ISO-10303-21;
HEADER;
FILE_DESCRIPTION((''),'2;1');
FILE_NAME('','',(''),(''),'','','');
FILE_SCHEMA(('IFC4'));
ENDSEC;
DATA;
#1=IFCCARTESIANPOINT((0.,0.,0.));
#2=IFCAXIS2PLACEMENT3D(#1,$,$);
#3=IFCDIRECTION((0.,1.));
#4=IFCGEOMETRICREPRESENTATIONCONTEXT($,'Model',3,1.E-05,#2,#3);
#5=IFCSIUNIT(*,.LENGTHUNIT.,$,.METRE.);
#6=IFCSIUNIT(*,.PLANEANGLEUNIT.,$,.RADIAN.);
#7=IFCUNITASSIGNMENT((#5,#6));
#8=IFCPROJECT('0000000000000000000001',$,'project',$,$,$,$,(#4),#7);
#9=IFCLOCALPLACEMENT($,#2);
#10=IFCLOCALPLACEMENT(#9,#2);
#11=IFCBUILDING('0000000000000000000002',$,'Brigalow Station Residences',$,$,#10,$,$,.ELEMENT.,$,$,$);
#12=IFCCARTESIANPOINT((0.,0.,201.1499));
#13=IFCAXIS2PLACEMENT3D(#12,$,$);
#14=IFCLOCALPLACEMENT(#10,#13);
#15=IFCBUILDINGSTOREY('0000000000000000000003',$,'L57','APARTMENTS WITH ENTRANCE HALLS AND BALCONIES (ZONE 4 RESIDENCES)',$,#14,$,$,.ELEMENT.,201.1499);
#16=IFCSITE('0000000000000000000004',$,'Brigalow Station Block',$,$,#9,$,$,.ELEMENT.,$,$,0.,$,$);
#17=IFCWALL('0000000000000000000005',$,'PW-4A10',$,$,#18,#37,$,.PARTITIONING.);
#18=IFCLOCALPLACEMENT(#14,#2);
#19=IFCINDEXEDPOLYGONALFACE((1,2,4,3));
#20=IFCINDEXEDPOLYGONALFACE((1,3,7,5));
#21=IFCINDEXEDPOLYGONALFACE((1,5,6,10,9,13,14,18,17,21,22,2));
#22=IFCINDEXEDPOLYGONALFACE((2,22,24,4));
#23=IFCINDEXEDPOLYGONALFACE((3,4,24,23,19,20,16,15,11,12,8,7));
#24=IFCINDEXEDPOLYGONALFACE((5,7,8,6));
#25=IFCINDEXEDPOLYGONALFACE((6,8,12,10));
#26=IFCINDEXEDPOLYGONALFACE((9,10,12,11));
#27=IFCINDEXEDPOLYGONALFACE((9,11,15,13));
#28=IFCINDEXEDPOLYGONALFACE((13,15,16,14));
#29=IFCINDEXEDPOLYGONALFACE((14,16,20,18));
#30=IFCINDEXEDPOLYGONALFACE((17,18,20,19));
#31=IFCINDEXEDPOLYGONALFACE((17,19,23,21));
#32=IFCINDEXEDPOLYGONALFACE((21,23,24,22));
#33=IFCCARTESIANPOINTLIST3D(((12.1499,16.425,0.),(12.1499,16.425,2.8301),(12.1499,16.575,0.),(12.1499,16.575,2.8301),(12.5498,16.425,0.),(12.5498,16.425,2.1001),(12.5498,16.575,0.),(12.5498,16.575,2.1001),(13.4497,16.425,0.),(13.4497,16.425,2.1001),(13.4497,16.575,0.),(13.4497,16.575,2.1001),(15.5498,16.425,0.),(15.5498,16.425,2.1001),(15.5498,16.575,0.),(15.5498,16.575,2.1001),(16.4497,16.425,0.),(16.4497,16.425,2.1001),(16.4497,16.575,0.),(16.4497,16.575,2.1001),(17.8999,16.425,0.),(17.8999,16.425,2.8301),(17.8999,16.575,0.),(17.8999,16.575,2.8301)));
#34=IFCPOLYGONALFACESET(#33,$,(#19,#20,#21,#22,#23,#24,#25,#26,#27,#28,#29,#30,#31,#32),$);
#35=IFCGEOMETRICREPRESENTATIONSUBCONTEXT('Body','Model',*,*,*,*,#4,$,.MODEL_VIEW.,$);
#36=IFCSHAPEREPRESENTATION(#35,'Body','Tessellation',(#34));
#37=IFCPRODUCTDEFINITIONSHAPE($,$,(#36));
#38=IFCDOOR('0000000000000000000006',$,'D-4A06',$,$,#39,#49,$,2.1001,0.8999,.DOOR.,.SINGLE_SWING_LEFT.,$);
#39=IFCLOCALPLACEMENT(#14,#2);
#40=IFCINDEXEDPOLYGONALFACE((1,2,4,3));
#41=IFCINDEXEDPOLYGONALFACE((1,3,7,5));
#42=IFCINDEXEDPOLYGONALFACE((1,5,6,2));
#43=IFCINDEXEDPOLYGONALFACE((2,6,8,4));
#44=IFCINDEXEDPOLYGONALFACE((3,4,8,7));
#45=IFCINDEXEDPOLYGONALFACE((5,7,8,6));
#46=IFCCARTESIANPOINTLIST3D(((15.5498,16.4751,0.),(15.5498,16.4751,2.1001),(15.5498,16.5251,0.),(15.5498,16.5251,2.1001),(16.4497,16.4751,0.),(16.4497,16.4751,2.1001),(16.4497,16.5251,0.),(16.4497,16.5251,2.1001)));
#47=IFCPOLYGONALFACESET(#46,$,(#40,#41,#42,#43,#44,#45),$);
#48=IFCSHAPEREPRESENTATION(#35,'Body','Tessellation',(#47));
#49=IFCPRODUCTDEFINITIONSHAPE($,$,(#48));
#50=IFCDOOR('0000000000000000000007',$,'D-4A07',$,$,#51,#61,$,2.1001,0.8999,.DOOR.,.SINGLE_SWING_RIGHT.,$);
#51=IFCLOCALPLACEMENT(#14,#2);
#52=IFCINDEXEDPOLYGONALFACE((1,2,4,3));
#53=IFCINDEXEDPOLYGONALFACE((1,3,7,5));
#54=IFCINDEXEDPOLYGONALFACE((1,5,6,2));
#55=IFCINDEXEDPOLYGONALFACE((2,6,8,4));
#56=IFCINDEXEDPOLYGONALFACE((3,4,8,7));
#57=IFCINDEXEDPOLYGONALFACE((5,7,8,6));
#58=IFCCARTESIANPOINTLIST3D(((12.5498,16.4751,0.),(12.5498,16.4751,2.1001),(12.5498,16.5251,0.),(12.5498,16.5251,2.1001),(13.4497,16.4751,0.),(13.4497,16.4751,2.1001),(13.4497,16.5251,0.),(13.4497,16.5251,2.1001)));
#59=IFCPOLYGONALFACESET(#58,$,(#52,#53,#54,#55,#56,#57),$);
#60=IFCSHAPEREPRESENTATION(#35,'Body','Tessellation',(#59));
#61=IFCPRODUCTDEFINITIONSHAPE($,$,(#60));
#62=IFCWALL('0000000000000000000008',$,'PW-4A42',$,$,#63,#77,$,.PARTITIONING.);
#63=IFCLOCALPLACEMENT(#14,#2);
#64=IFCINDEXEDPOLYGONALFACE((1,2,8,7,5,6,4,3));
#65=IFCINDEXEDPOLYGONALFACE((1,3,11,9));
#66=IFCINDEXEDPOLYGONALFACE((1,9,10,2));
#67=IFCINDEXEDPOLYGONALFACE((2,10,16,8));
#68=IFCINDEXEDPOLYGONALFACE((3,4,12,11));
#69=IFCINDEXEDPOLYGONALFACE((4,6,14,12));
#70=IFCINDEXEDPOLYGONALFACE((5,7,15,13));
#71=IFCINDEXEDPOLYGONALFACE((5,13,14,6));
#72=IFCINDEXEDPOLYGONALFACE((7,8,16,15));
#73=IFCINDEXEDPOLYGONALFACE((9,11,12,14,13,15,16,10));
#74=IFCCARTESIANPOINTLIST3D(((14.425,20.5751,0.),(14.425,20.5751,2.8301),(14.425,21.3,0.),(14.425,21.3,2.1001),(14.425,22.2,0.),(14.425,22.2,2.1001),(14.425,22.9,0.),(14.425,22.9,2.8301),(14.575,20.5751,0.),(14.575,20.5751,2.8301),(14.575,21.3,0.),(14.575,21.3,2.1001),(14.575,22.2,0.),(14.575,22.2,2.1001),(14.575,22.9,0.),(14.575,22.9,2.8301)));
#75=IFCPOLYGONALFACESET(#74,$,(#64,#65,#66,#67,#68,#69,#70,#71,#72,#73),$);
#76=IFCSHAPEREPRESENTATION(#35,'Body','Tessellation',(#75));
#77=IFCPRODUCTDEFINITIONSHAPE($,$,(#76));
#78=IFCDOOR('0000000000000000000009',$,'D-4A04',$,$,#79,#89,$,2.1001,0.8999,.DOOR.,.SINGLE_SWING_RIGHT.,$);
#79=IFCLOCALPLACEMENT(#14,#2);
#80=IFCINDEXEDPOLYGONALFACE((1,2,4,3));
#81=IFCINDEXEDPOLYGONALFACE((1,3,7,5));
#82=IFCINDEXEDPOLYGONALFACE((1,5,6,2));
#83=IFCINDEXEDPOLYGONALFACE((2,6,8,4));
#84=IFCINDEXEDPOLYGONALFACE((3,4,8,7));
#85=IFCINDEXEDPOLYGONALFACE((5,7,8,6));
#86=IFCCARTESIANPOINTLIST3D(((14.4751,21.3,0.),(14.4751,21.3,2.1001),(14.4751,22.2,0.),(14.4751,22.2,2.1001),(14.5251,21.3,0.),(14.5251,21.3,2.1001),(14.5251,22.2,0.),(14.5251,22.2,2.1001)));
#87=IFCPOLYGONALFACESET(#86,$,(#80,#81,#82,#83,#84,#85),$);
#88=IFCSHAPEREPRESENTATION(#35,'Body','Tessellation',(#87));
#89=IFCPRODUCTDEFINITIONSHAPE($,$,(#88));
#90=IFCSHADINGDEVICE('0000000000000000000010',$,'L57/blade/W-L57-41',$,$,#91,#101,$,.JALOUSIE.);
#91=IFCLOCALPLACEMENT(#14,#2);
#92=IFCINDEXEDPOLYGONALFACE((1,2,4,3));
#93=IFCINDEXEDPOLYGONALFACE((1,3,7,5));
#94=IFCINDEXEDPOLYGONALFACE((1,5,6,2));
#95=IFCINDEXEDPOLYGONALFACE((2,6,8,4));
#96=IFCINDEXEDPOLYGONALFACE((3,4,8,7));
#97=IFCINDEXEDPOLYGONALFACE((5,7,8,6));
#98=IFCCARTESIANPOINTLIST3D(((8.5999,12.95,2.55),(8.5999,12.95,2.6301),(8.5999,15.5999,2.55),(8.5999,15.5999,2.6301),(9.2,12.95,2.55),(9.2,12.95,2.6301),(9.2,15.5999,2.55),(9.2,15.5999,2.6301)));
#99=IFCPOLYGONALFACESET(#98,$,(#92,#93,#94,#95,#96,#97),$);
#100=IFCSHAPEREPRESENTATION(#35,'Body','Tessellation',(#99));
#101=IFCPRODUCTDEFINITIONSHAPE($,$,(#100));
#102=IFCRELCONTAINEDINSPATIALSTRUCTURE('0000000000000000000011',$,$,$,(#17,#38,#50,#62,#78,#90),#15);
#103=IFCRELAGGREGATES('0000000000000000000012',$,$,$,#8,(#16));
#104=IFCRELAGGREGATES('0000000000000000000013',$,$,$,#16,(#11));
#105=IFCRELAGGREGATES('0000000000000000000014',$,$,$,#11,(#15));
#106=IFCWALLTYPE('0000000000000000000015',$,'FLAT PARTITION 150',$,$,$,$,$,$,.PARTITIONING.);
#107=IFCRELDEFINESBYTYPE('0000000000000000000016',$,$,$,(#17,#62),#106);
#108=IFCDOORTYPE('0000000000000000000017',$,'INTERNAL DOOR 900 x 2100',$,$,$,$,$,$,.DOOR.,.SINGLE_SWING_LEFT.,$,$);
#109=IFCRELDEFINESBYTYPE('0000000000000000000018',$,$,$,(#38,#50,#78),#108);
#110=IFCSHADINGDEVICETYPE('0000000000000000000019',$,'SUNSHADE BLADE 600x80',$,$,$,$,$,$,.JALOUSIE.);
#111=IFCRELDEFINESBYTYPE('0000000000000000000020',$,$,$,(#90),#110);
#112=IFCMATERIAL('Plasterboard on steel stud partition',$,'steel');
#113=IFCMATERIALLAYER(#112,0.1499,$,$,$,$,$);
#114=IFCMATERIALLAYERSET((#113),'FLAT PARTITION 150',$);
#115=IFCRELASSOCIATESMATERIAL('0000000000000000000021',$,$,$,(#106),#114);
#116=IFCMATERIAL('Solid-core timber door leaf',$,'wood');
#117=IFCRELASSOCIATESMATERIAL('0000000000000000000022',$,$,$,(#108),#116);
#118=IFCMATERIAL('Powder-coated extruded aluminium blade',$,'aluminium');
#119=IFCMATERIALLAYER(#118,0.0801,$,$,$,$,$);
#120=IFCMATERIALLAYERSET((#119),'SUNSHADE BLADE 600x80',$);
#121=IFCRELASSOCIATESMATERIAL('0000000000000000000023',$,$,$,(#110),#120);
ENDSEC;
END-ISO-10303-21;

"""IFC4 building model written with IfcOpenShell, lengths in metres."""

from ifc_helpers import new_model, si_unit, direction, frame, frame_2d, origin, origin_2d, place, context, subcontext, project, spatial, rectangle, extrude, material, layer, layer_set, type_object, element, fill, save


model = new_model("IFC4")

# Units and contexts
model_context = context("Model", 3, precision=1e-05, world=origin(), true_north=direction((0.0, 1.0)))
body_context = subcontext(model_context, "Body", "Model", "MODEL_VIEW")
ifc_project = project(units=[si_unit("LENGTHUNIT", "METRE"), si_unit("PLANEANGLEUNIT", "RADIAN")], contexts=[model_context])

# Site, building, storey
site_placement = place(None, origin())
site = spatial("IfcSite", under=ifc_project, at=site_placement, Name="Brigalow Station Block", CompositionType="ELEMENT", RefElevation=0.0)
building_placement = place(site_placement, origin())
building = spatial("IfcBuilding", under=site, at=building_placement, Name="Brigalow Station Residences", CompositionType="ELEMENT")
storey_placement = place(building_placement, frame((0.0, 0.0, 201.1499)))
storey = spatial("IfcBuildingStorey", under=building, at=storey_placement, Name="L57", Description="APARTMENTS WITH ENTRANCE HALLS AND BALCONIES (ZONE 4 RESIDENCES)", CompositionType="ELEMENT", Elevation=201.1499)

# Shared definitions
ifc_material_1 = material(Name="Plasterboard on steel stud partition", Category="steel")
ifc_layer_1 = layer(ifc_material_1, 0.1499)
ifc_layer_set_1 = layer_set([ifc_layer_1], Name="FLAT PARTITION 150")
wall_type_1 = type_object("IfcWallType", Name="FLAT PARTITION 150", PredefinedType="PARTITIONING", material=ifc_layer_set_1)

# Wall, openings, doors
wall_1_placement = place(storey_placement, frame((12.1499, 16.5, 0.0), z_axis=(0.0, 0.0, 1.0), x_axis=(1.0, 0.0, 0.0)))
wall_1 = element("IfcWall", 1, at=wall_1_placement, inside=storey, type_object=wall_type_1, Name="PW-4A10", PredefinedType="PARTITIONING", context=body_context, shape_type="SweptSolid", body=[
    extrude(rectangle(XDim=5.75, YDim=0.1499, at=frame_2d((2.875, 0.0))), origin(), (0.0, 0.0, 1.0), 2.8301),
])
opening_1_placement = place(wall_1_placement, frame((3.3999, 0.0, 0.0)))
opening_1 = element("IfcOpeningElement", 2, at=opening_1_placement, cuts=wall_1, PredefinedType="OPENING", context=body_context, shape_type="SweptSolid", body=[
    extrude(rectangle(XDim=0.8999, YDim=2.1001, at=frame_2d((0.45, 1.05))), frame((0.0, 0.085, 0.0), z_axis=(0.0, -1.0, 0.0), x_axis=(1.0, 0.0, 0.0)), (0.0, 0.0, 1.0), 0.1699),
])
opening_2_placement = place(wall_1_placement, frame((0.3999, 0.0, 0.0)))
opening_2 = element("IfcOpeningElement", 3, at=opening_2_placement, cuts=wall_1, PredefinedType="OPENING", context=body_context, shape_type="SweptSolid", body=[
    extrude(rectangle(XDim=0.8999, YDim=2.1001, at=frame_2d((0.45, 1.05))), frame((0.0, 0.085, 0.0), z_axis=(0.0, -1.0, 0.0), x_axis=(1.0, 0.0, 0.0)), (0.0, 0.0, 1.0), 0.1699),
])
ifc_material_2 = material(Name="Solid-core timber door leaf", Category="wood")
door_type_1 = type_object("IfcDoorType", Name="INTERNAL DOOR 900 x 2100", OperationType="SINGLE_SWING_LEFT", PredefinedType="DOOR", material=ifc_material_2)
door_1_placement = place(opening_1_placement, frame((0.8999, 0.0, 0.0), z_axis=(0.0, 0.0, 1.0), x_axis=(-1.0, 0.0, 0.0)))
door_1 = element("IfcDoor", 4, at=door_1_placement, inside=storey, type_object=door_type_1, Name="D-4A06", OperationType="SINGLE_SWING_LEFT", OverallHeight=2.1001, OverallWidth=0.8999, PredefinedType="DOOR", context=body_context, shape_type="SweptSolid", body=[
    extrude(rectangle(XDim=0.8999, YDim=2.1001, at=frame_2d((0.45, 1.05))), frame((0.0, 0.0249, 0.0), z_axis=(0.0, -1.0, 0.0), x_axis=(1.0, 0.0, 0.0)), (0.0, 0.0, 1.0), 0.05),
])
fill(opening_1, door_1)
door_2_placement = place(opening_2_placement, frame((0.8999, 0.0, 0.0), z_axis=(0.0, 0.0, 1.0), x_axis=(-1.0, 0.0, 0.0)))
door_2 = element("IfcDoor", 5, at=door_2_placement, inside=storey, type_object=door_type_1, Name="D-4A07", OperationType="SINGLE_SWING_RIGHT", OverallHeight=2.1001, OverallWidth=0.8999, PredefinedType="DOOR", context=body_context, shape_type="SweptSolid", body=[
    extrude(rectangle(XDim=0.8999, YDim=2.1001, at=frame_2d((0.45, 1.05))), frame((0.0, 0.0249, 0.0), z_axis=(0.0, -1.0, 0.0), x_axis=(1.0, 0.0, 0.0)), (0.0, 0.0, 1.0), 0.05),
])
fill(opening_2, door_2)

# Wall, opening, door
wall_2_placement = place(storey_placement, frame((14.5, 20.575, 0.0), z_axis=(0.0, 0.0, 1.0), x_axis=(0.0, 1.0, 0.0)))
wall_2 = element("IfcWall", 6, at=wall_2_placement, inside=storey, type_object=wall_type_1, Name="PW-4A42", PredefinedType="PARTITIONING", context=body_context, shape_type="SweptSolid", body=[
    extrude(rectangle(XDim=2.325, YDim=0.1499, at=frame_2d((1.1626, 0.0))), origin(), (0.0, 0.0, 1.0), 2.8301),
])
opening_3_placement = place(wall_2_placement, frame((0.7251, 0.0, 0.0)))
opening_3 = element("IfcOpeningElement", 7, at=opening_3_placement, cuts=wall_2, PredefinedType="OPENING", context=body_context, shape_type="SweptSolid", body=[
    extrude(rectangle(XDim=0.8999, YDim=2.1001, at=frame_2d((0.45, 1.05))), frame((0.0, 0.085, 0.0), z_axis=(0.0, -1.0, 0.0), x_axis=(1.0, 0.0, 0.0)), (0.0, 0.0, 1.0), 0.1699),
])
door_3_placement = place(opening_3_placement, origin())
door_3 = element("IfcDoor", 8, at=door_3_placement, inside=storey, type_object=door_type_1, Name="D-4A04", OperationType="SINGLE_SWING_RIGHT", OverallHeight=2.1001, OverallWidth=0.8999, PredefinedType="DOOR", context=body_context, shape_type="SweptSolid", body=[
    extrude(rectangle(XDim=0.8999, YDim=2.1001, at=frame_2d((0.45, 1.05))), frame((0.0, 0.0249, 0.0), z_axis=(0.0, -1.0, 0.0), x_axis=(1.0, 0.0, 0.0)), (0.0, 0.0, 1.0), 0.05),
])
fill(opening_3, door_3)

# Shading device
ifc_material_3 = material(Name="Powder-coated extruded aluminium blade", Category="aluminium")
ifc_layer_2 = layer(ifc_material_3, 0.0801)
ifc_layer_set_2 = layer_set([ifc_layer_2], Name="SUNSHADE BLADE 600x80")
shading_device_type = type_object("IfcShadingDeviceType", Name="SUNSHADE BLADE 600x80", PredefinedType="JALOUSIE", material=ifc_layer_set_2)
shading_device_placement = place(storey_placement, frame((8.8999, 14.2749, 2.55), z_axis=(0.0, 0.0, 1.0), x_axis=(0.0, -1.0, 0.0)))
element("IfcShadingDevice", 9, at=shading_device_placement, inside=storey, type_object=shading_device_type, Name="L57/blade/W-L57-41", PredefinedType="JALOUSIE", context=body_context, shape_type="SweptSolid", body=[
    extrude(rectangle(XDim=2.6499, YDim=0.6001, at=origin_2d()), origin(), (0.0, 0.0, 1.0), 0.0801),
])

save(model, "model.ifc")
